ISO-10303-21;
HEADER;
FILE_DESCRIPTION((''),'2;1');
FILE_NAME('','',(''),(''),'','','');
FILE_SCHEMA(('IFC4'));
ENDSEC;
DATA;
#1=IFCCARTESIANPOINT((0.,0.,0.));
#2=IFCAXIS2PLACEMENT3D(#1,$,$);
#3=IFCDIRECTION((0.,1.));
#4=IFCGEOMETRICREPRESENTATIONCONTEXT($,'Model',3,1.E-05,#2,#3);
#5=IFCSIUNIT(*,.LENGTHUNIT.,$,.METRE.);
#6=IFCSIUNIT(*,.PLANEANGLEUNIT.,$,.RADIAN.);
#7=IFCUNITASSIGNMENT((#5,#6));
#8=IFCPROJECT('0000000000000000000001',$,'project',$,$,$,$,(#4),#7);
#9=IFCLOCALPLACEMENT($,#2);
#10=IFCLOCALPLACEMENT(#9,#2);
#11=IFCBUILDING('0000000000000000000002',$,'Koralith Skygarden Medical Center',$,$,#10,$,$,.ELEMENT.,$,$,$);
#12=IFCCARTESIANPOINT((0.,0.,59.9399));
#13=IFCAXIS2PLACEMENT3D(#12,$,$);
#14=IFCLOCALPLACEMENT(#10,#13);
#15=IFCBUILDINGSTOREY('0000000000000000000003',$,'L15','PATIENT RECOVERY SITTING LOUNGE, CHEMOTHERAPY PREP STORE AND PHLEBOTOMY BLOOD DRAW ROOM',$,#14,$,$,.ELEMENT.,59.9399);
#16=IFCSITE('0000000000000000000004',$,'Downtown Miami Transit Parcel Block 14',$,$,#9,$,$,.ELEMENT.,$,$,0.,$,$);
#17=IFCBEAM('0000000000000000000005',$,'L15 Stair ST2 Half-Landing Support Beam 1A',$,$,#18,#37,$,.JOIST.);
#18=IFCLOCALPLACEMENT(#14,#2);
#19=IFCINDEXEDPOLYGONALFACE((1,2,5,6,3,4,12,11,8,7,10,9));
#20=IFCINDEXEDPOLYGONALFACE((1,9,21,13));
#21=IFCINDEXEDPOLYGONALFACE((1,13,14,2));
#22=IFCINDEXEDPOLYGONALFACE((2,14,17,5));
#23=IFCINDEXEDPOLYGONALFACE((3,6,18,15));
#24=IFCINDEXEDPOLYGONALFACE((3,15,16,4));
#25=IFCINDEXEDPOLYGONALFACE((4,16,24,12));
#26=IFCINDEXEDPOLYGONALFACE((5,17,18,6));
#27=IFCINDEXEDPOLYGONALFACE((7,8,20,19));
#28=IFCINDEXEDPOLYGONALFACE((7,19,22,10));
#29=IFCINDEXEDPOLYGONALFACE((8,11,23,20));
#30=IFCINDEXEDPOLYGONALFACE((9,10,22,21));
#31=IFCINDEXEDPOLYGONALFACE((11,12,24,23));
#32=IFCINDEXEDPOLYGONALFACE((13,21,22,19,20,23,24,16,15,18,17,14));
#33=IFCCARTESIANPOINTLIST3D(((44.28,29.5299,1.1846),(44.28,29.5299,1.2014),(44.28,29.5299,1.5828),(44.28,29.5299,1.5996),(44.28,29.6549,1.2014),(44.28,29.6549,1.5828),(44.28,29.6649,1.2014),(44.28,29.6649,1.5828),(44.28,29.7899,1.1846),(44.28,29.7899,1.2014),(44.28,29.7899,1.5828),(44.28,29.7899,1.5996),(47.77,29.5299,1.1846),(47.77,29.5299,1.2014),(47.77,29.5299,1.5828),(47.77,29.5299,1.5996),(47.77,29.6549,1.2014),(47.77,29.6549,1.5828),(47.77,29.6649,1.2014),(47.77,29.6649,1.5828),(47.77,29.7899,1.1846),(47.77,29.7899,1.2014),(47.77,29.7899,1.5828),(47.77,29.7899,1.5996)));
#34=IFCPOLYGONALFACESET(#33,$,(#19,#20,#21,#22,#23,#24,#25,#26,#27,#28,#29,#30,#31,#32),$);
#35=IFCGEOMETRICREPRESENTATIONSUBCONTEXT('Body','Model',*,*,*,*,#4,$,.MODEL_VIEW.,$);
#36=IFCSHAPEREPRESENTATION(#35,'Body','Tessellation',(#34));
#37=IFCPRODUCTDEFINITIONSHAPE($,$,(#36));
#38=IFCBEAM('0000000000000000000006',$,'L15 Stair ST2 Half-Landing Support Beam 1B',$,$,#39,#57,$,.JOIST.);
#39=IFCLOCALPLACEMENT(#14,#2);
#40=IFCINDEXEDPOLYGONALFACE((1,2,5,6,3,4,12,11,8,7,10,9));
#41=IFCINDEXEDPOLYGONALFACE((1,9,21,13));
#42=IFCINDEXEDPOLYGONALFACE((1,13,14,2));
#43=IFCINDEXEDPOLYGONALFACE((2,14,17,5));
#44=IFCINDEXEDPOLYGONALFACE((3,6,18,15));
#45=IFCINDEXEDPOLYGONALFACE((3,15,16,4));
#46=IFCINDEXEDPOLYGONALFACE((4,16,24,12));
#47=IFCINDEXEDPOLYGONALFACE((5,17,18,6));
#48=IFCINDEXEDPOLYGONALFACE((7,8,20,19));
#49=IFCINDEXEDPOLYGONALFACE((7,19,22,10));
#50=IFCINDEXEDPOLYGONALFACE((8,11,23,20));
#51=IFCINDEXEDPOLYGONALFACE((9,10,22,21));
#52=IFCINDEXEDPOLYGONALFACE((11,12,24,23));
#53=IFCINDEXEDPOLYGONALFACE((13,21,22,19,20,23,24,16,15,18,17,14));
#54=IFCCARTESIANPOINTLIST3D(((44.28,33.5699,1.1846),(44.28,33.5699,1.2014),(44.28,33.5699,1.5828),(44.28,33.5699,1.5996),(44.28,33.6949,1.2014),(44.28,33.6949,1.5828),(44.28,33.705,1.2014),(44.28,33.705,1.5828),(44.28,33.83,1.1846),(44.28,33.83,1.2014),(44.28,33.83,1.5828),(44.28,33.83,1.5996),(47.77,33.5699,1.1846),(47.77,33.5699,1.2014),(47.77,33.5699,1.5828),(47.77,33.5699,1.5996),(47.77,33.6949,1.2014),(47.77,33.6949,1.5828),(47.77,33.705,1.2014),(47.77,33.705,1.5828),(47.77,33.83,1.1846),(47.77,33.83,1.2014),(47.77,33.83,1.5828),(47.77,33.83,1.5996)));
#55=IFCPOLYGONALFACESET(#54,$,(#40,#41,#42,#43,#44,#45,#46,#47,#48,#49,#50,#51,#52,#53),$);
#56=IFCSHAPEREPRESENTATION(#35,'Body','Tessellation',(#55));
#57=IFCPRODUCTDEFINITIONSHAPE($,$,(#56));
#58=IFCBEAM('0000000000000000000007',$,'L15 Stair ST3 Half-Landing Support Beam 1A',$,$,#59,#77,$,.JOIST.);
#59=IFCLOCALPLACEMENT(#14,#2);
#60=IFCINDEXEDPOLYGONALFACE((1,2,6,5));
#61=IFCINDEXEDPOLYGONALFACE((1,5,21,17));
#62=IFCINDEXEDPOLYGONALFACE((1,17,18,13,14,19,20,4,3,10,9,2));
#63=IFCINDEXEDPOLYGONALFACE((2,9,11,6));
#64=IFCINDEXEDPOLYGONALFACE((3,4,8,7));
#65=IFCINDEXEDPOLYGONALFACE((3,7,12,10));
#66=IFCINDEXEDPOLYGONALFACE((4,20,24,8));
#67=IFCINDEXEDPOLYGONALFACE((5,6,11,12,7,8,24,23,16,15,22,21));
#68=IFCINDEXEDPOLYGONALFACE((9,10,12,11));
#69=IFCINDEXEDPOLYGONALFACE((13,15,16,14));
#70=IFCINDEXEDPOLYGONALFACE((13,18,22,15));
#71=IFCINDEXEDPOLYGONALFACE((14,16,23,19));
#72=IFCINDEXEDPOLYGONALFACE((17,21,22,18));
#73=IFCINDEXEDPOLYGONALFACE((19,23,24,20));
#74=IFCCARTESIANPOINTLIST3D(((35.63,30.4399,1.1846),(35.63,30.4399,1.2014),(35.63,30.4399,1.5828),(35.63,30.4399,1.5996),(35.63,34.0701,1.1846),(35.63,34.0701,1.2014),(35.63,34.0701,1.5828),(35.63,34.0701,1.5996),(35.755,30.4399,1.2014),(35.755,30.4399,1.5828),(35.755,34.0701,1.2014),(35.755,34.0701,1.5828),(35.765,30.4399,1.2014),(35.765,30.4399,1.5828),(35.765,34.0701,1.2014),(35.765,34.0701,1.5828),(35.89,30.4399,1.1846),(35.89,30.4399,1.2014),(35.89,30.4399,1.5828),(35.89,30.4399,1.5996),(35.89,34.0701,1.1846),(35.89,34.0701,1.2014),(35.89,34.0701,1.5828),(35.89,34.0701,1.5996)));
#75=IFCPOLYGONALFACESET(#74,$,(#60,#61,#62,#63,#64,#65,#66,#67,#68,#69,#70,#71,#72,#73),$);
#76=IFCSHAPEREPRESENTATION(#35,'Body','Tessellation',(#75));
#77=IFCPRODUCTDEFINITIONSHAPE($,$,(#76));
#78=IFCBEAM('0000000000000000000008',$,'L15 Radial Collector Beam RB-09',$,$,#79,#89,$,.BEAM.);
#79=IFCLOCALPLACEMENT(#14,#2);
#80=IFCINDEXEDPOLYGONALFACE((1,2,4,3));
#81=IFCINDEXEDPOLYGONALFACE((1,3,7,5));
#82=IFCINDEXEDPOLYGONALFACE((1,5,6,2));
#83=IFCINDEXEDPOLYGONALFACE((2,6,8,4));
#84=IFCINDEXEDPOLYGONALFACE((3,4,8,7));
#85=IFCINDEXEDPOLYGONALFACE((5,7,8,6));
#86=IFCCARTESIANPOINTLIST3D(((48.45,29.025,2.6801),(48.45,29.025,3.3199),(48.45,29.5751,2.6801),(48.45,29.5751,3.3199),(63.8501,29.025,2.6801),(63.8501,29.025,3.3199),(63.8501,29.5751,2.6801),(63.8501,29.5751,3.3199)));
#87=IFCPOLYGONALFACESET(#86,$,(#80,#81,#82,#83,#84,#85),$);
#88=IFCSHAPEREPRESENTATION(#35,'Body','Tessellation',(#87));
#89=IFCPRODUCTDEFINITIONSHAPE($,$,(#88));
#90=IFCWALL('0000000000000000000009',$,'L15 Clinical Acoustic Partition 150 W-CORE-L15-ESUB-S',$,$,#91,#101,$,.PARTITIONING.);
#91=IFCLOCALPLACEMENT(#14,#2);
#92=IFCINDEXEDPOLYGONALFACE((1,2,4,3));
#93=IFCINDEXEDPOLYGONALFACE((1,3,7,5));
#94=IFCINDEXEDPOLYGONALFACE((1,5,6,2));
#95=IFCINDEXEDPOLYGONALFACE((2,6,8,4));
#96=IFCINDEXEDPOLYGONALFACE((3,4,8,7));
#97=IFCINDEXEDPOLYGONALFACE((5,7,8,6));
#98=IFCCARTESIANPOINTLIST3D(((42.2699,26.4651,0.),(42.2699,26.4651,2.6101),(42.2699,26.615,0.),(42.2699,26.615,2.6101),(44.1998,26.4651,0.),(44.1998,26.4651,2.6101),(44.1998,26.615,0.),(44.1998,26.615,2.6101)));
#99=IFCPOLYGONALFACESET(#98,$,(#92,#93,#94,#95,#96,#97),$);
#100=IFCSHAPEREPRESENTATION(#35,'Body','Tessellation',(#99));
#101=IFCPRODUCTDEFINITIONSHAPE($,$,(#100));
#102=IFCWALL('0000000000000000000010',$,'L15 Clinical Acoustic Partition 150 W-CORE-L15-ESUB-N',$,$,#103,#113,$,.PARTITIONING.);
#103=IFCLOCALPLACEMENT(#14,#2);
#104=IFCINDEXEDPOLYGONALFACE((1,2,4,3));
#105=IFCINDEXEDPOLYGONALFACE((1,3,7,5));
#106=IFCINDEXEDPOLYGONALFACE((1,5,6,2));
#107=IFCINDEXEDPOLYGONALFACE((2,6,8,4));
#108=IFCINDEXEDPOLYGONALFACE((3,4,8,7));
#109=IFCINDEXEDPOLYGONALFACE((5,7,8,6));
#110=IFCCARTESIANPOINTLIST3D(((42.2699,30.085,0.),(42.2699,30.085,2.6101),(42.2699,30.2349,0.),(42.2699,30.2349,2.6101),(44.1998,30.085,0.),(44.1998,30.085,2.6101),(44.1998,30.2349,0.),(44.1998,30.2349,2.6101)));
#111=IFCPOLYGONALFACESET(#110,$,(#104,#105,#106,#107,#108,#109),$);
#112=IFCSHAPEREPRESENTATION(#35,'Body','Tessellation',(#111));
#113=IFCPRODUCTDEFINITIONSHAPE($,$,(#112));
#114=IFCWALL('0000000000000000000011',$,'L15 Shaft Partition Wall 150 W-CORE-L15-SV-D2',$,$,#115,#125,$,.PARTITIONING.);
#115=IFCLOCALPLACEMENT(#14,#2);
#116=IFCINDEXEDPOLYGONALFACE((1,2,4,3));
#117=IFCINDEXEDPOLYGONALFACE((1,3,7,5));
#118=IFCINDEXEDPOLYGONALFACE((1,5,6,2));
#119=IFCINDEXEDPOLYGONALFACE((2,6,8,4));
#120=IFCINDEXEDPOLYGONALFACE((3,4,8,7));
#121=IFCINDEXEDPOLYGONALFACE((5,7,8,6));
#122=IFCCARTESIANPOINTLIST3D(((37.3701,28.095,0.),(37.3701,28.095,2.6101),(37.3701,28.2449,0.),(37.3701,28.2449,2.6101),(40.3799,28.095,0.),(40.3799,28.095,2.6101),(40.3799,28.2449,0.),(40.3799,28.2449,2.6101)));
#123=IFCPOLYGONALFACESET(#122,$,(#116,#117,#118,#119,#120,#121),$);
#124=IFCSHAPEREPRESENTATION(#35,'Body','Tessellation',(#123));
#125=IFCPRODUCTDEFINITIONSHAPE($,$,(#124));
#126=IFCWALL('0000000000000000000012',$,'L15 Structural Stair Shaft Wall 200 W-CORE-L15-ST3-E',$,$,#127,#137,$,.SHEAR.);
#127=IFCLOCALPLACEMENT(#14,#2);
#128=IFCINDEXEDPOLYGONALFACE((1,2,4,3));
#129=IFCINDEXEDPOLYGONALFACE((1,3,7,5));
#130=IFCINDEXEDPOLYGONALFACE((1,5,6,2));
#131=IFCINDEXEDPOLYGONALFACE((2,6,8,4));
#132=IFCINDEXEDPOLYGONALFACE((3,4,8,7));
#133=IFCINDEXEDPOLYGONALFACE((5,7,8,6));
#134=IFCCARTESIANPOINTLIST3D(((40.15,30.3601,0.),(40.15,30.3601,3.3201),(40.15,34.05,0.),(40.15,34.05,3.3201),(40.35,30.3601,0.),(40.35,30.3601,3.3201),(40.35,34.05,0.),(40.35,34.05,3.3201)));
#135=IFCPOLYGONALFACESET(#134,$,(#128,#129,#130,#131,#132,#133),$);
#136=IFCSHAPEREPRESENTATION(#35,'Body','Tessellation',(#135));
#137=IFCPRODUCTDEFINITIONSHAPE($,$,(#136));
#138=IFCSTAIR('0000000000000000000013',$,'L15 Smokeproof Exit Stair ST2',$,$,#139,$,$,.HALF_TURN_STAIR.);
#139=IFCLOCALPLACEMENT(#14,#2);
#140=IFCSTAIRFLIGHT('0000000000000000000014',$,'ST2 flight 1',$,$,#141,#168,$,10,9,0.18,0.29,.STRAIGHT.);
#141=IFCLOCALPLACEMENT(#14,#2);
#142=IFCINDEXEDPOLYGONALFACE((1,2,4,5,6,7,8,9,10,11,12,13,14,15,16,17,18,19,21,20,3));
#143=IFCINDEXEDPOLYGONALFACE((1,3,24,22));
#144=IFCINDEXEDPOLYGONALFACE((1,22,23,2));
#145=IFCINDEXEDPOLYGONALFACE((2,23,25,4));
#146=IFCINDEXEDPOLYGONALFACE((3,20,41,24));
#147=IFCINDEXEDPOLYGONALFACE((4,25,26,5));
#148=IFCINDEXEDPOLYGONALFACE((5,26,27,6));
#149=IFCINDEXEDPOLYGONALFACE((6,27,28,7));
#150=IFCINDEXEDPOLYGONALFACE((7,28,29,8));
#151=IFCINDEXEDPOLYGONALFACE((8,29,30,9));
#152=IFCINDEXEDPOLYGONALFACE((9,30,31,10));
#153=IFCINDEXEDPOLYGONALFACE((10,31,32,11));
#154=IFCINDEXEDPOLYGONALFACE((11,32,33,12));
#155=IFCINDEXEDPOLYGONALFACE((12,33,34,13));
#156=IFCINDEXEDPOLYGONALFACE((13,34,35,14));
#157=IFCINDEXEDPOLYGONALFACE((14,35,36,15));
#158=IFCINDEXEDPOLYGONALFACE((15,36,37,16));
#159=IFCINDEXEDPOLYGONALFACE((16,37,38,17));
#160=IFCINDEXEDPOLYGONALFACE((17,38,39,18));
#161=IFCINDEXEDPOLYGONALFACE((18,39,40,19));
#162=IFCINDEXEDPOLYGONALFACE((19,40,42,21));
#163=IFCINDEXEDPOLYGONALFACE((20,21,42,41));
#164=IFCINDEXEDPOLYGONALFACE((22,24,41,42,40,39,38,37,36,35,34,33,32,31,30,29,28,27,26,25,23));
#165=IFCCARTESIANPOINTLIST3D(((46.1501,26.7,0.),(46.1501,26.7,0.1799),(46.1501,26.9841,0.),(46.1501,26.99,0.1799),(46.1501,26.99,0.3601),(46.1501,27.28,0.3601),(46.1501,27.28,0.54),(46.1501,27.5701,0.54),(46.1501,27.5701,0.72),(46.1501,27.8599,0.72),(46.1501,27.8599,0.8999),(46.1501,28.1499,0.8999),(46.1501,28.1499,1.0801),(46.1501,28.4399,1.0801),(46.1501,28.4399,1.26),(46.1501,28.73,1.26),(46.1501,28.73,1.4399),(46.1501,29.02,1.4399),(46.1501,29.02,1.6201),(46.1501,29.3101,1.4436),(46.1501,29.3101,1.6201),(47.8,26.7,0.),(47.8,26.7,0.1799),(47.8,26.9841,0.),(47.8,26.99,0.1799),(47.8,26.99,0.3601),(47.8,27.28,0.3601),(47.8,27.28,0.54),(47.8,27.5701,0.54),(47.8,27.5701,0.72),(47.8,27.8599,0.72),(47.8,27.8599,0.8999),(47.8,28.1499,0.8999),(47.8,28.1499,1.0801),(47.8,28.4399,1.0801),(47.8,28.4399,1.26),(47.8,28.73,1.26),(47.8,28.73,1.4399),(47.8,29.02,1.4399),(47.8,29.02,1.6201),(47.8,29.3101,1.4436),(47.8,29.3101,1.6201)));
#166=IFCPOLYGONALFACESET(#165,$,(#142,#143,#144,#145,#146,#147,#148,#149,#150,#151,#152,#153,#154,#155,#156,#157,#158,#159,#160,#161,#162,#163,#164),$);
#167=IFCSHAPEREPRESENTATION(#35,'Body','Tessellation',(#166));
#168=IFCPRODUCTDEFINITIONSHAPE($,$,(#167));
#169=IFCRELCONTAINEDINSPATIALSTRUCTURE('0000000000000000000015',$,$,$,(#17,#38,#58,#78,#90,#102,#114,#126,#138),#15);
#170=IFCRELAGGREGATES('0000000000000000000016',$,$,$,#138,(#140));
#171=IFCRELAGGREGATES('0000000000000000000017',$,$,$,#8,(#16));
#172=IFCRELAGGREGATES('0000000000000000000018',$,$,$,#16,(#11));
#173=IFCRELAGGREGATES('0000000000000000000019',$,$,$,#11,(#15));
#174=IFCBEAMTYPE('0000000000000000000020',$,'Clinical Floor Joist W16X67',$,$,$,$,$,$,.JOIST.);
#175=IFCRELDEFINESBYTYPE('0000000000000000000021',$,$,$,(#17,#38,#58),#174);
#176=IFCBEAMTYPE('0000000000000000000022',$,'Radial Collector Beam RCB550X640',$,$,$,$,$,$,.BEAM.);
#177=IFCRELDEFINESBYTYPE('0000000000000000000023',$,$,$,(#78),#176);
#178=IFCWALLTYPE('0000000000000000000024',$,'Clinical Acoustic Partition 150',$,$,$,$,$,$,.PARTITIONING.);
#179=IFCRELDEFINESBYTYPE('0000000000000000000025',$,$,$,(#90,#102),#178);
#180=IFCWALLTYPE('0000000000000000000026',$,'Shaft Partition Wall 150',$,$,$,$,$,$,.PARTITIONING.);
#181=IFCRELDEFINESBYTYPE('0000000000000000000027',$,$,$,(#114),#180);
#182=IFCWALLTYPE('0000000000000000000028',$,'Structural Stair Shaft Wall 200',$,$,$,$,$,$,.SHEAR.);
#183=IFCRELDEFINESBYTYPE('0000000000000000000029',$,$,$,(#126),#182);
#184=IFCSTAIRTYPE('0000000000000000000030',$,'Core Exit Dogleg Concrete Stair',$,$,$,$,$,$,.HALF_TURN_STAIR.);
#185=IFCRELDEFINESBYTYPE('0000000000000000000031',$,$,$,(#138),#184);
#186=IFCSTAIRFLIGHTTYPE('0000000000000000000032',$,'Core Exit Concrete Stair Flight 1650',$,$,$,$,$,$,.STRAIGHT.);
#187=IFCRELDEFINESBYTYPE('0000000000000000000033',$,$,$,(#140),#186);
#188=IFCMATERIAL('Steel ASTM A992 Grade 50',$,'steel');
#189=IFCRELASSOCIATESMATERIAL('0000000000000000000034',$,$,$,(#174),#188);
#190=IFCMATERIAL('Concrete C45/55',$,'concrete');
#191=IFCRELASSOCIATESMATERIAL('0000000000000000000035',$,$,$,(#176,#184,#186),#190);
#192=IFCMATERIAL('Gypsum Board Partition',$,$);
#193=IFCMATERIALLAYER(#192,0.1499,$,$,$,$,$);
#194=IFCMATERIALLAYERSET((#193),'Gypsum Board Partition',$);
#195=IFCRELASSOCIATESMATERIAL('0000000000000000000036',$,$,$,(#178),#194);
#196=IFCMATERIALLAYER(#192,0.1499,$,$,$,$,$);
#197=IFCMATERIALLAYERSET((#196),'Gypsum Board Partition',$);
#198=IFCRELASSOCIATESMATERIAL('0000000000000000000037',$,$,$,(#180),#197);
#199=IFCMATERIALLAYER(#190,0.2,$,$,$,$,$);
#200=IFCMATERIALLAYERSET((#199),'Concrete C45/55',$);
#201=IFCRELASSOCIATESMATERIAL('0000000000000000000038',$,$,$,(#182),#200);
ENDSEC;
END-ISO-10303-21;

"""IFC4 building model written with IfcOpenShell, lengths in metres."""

from ifc_helpers import new_model, si_unit, direction, frame, frame_2d, origin, origin_2d, place, context, subcontext, project, spatial, polyline, rectangle, i_section, outline, extrude, material, layer, layer_set, material_profile, profile_set, type_object, element, aggregate, save


model = new_model("IFC4")

# Units and contexts
model_context = context("Model", 3, precision=1e-05, world=origin(), true_north=direction((0.0, 1.0)))
body_context = subcontext(model_context, "Body", "Model", "MODEL_VIEW")
ifc_project = project(units=[si_unit("LENGTHUNIT", "METRE"), si_unit("PLANEANGLEUNIT", "RADIAN")], contexts=[model_context])

# Site, building, storey
site_placement = place(None, origin())
site = spatial("IfcSite", under=ifc_project, at=site_placement, Name="Downtown Miami Transit Parcel Block 14", CompositionType="ELEMENT", RefElevation=0.0)
building_placement = place(site_placement, origin())
building = spatial("IfcBuilding", under=site, at=building_placement, Name="Koralith Skygarden Medical Center", CompositionType="ELEMENT")
storey_placement = place(building_placement, frame((0.0, 0.0, 59.9399)))
storey = spatial("IfcBuildingStorey", under=building, at=storey_placement, Name="L15", Description="PATIENT RECOVERY SITTING LOUNGE, CHEMOTHERAPY PREP STORE AND PHLEBOTOMY BLOOD DRAW ROOM", CompositionType="ELEMENT", Elevation=59.9399)

# Beams
ifc_material_1 = material(Name="Steel ASTM A992 Grade 50", Category="steel")
ifc_material_profile_1 = material_profile(ifc_material_1, i_section(OverallWidth=0.26, OverallDepth=0.415, WebThickness=0.01, FlangeThickness=0.0168, at=origin_2d()), Name="W16X67")
ifc_profile_set_1 = profile_set([ifc_material_profile_1], Name="Steel ASTM A992 Grade 50")
beam_type_1 = type_object("IfcBeamType", Name="Clinical Floor Joist W16X67", PredefinedType="JOIST", material=ifc_profile_set_1)
for number, where, z_axis, x_axis, name in (
    (1, (44.28, 29.6599, 1.3921), (1.0, 0.0, 0.0), (0.0, 1.0, 0.0), "L15 Stair ST2 Half-Landing Support Beam 1A"),
    (2, (44.28, 33.7, 1.3921), (1.0, 0.0, 0.0), (0.0, 1.0, 0.0), "L15 Stair ST2 Half-Landing Support Beam 1B"),
):
    element("IfcBeam", number, at=place(storey_placement, frame(where, z_axis=z_axis, x_axis=x_axis)), inside=storey, type_object=beam_type_1, Name=name, PredefinedType="JOIST", context=body_context, shape_type="SweptSolid", body=[
        extrude(i_section(OverallWidth=0.26, OverallDepth=0.415, WebThickness=0.01, FlangeThickness=0.0168, at=origin_2d()), origin(), (0.0, 0.0, 1.0), 3.49),
    ])
beam_1_placement = place(storey_placement, frame((35.76, 30.4399, 1.3921), z_axis=(0.0, 1.0, 0.0), x_axis=(-1.0, 0.0, 0.0)))
element("IfcBeam", 3, at=beam_1_placement, inside=storey, type_object=beam_type_1, Name="L15 Stair ST3 Half-Landing Support Beam 1A", PredefinedType="JOIST", context=body_context, shape_type="SweptSolid", body=[
    extrude(i_section(OverallWidth=0.26, OverallDepth=0.415, WebThickness=0.01, FlangeThickness=0.0168, at=origin_2d()), origin(), (0.0, 0.0, 1.0), 3.6301),
])
ifc_material_2 = material(Name="Concrete C45/55", Category="concrete")
ifc_material_profile_2 = material_profile(ifc_material_2, rectangle(XDim=0.55, YDim=0.6399, at=origin_2d()), Name="RCB550X640")
ifc_profile_set_2 = profile_set([ifc_material_profile_2], Name="Concrete C45/55")
beam_type_2 = type_object("IfcBeamType", Name="Radial Collector Beam RCB550X640", PredefinedType="BEAM", material=ifc_profile_set_2)
beam_2_placement = place(storey_placement, frame((48.45, 29.3, 3.0), z_axis=(1.0, 0.0, 0.0), x_axis=(0.0, 1.0, 0.0)))
element("IfcBeam", 4, at=beam_2_placement, inside=storey, type_object=beam_type_2, Name="L15 Radial Collector Beam RB-09", PredefinedType="BEAM", context=body_context, shape_type="SweptSolid", body=[
    extrude(rectangle(XDim=0.55, YDim=0.6399, at=origin_2d()), origin(), (0.0, 0.0, 1.0), 15.4001),
])

# Walls
ifc_material_3 = material(Name="Gypsum Board Partition")
ifc_layer_1 = layer(ifc_material_3, 0.1499)
ifc_layer_set_1 = layer_set([ifc_layer_1], Name="Gypsum Board Partition")
wall_type_1 = type_object("IfcWallType", Name="Clinical Acoustic Partition 150", PredefinedType="PARTITIONING", material=ifc_layer_set_1)
for number, where, z_axis, x_axis, name in (
    (5, (42.27, 26.54, 0.0), (0.0, 0.0, 1.0), (1.0, 0.0, 0.0), "L15 Clinical Acoustic Partition 150 W-CORE-L15-ESUB-S"),
    (6, (42.27, 30.1599, 0.0), (0.0, 0.0, 1.0), (1.0, 0.0, 0.0), "L15 Clinical Acoustic Partition 150 W-CORE-L15-ESUB-N"),
):
    element("IfcWall", number, at=place(storey_placement, frame(where, z_axis=z_axis, x_axis=x_axis)), inside=storey, type_object=wall_type_1, Name=name, PredefinedType="PARTITIONING", context=body_context, shape_type="SweptSolid", body=[
        extrude(rectangle(XDim=1.9299, YDim=0.1499, at=frame_2d((0.9648, 0.0))), origin(), (0.0, 0.0, 1.0), 2.6101),
    ])

# Walls
ifc_layer_2 = layer(ifc_material_3, 0.1499)
ifc_layer_set_2 = layer_set([ifc_layer_2], Name="Gypsum Board Partition")
wall_type_2 = type_object("IfcWallType", Name="Shaft Partition Wall 150", PredefinedType="PARTITIONING", material=ifc_layer_set_2)
wall_1_placement = place(storey_placement, frame((37.3701, 28.1699, 0.0), z_axis=(0.0, 0.0, 1.0), x_axis=(1.0, 0.0, 0.0)))
element("IfcWall", 7, at=wall_1_placement, inside=storey, type_object=wall_type_2, Name="L15 Shaft Partition Wall 150 W-CORE-L15-SV-D2", PredefinedType="PARTITIONING", context=body_context, shape_type="SweptSolid", body=[
    extrude(rectangle(XDim=3.0098, YDim=0.1499, at=frame_2d((1.5049, 0.0))), origin(), (0.0, 0.0, 1.0), 2.6101),
])
ifc_layer_3 = layer(ifc_material_2, 0.2)
ifc_layer_set_3 = layer_set([ifc_layer_3], Name="Concrete C45/55")
wall_type_3 = type_object("IfcWallType", Name="Structural Stair Shaft Wall 200", PredefinedType="SHEAR", material=ifc_layer_set_3)
wall_2_placement = place(storey_placement, frame((40.25, 30.3601, 0.0), z_axis=(0.0, 0.0, 1.0), x_axis=(0.0, 1.0, 0.0)))
element("IfcWall", 8, at=wall_2_placement, inside=storey, type_object=wall_type_3, Name="L15 Structural Stair Shaft Wall 200 W-CORE-L15-ST3-E", PredefinedType="SHEAR", context=body_context, shape_type="SweptSolid", body=[
    extrude(rectangle(XDim=3.6899, YDim=0.2, at=frame_2d((1.845, 0.0))), origin(), (0.0, 0.0, 1.0), 3.3201),
])

# Stair, stair flight
stair_type = type_object("IfcStairType", Name="Core Exit Dogleg Concrete Stair", PredefinedType="HALF_TURN_STAIR", material=ifc_material_2)
stair_placement = place(storey_placement, origin())
stair = element("IfcStair", 9, at=stair_placement, inside=storey, type_object=stair_type, Name="L15 Smokeproof Exit Stair ST2", PredefinedType="HALF_TURN_STAIR")
stair_flight_type = type_object("IfcStairFlightType", Name="Core Exit Concrete Stair Flight 1650", PredefinedType="STRAIGHT", material=ifc_material_2)
stair_flight_1_placement = place(storey_placement, frame((46.9751, 26.7, 0.0), z_axis=(0.0, 0.0, 1.0), x_axis=(0.0, 1.0, 0.0)))
stair_flight_1 = element("IfcStairFlight", 10, at=stair_flight_1_placement, type_object=stair_flight_type, Name="ST2 flight 1", NumberOfRisers=10, NumberOfTreads=9, PredefinedType="STRAIGHT", RiserHeight=0.18, TreadLength=0.29, context=body_context, shape_type="SweptSolid", body=[
    extrude(outline(polyline([(0.0, 0.0), (0.0, 0.1799), (0.29, 0.1799), (0.29, 0.3601), (0.5801, 0.3601), (0.5801, 0.54), (0.8701, 0.54), (0.8701, 0.72), (1.1599, 0.72), (1.1599, 0.8999), (1.45, 0.8999), (1.45, 1.0801), (1.74, 1.0801), (1.74, 1.26), (2.03, 1.26), (2.03, 1.4399), (2.3201, 1.4399), (2.3201, 1.6201), (2.6101, 1.6201), (2.6101, 1.8), (2.6101, 1.4436), (0.2842, 0.0), (0.0, 0.0)])), frame((0.0, 0.825, 0.0), z_axis=(0.0, -1.0, 0.0), x_axis=(1.0, 0.0, 0.0)), (0.0, 0.0, 1.0), 1.6499),
])
aggregate(stair, [stair_flight_1])

save(model, "model.ifc")
